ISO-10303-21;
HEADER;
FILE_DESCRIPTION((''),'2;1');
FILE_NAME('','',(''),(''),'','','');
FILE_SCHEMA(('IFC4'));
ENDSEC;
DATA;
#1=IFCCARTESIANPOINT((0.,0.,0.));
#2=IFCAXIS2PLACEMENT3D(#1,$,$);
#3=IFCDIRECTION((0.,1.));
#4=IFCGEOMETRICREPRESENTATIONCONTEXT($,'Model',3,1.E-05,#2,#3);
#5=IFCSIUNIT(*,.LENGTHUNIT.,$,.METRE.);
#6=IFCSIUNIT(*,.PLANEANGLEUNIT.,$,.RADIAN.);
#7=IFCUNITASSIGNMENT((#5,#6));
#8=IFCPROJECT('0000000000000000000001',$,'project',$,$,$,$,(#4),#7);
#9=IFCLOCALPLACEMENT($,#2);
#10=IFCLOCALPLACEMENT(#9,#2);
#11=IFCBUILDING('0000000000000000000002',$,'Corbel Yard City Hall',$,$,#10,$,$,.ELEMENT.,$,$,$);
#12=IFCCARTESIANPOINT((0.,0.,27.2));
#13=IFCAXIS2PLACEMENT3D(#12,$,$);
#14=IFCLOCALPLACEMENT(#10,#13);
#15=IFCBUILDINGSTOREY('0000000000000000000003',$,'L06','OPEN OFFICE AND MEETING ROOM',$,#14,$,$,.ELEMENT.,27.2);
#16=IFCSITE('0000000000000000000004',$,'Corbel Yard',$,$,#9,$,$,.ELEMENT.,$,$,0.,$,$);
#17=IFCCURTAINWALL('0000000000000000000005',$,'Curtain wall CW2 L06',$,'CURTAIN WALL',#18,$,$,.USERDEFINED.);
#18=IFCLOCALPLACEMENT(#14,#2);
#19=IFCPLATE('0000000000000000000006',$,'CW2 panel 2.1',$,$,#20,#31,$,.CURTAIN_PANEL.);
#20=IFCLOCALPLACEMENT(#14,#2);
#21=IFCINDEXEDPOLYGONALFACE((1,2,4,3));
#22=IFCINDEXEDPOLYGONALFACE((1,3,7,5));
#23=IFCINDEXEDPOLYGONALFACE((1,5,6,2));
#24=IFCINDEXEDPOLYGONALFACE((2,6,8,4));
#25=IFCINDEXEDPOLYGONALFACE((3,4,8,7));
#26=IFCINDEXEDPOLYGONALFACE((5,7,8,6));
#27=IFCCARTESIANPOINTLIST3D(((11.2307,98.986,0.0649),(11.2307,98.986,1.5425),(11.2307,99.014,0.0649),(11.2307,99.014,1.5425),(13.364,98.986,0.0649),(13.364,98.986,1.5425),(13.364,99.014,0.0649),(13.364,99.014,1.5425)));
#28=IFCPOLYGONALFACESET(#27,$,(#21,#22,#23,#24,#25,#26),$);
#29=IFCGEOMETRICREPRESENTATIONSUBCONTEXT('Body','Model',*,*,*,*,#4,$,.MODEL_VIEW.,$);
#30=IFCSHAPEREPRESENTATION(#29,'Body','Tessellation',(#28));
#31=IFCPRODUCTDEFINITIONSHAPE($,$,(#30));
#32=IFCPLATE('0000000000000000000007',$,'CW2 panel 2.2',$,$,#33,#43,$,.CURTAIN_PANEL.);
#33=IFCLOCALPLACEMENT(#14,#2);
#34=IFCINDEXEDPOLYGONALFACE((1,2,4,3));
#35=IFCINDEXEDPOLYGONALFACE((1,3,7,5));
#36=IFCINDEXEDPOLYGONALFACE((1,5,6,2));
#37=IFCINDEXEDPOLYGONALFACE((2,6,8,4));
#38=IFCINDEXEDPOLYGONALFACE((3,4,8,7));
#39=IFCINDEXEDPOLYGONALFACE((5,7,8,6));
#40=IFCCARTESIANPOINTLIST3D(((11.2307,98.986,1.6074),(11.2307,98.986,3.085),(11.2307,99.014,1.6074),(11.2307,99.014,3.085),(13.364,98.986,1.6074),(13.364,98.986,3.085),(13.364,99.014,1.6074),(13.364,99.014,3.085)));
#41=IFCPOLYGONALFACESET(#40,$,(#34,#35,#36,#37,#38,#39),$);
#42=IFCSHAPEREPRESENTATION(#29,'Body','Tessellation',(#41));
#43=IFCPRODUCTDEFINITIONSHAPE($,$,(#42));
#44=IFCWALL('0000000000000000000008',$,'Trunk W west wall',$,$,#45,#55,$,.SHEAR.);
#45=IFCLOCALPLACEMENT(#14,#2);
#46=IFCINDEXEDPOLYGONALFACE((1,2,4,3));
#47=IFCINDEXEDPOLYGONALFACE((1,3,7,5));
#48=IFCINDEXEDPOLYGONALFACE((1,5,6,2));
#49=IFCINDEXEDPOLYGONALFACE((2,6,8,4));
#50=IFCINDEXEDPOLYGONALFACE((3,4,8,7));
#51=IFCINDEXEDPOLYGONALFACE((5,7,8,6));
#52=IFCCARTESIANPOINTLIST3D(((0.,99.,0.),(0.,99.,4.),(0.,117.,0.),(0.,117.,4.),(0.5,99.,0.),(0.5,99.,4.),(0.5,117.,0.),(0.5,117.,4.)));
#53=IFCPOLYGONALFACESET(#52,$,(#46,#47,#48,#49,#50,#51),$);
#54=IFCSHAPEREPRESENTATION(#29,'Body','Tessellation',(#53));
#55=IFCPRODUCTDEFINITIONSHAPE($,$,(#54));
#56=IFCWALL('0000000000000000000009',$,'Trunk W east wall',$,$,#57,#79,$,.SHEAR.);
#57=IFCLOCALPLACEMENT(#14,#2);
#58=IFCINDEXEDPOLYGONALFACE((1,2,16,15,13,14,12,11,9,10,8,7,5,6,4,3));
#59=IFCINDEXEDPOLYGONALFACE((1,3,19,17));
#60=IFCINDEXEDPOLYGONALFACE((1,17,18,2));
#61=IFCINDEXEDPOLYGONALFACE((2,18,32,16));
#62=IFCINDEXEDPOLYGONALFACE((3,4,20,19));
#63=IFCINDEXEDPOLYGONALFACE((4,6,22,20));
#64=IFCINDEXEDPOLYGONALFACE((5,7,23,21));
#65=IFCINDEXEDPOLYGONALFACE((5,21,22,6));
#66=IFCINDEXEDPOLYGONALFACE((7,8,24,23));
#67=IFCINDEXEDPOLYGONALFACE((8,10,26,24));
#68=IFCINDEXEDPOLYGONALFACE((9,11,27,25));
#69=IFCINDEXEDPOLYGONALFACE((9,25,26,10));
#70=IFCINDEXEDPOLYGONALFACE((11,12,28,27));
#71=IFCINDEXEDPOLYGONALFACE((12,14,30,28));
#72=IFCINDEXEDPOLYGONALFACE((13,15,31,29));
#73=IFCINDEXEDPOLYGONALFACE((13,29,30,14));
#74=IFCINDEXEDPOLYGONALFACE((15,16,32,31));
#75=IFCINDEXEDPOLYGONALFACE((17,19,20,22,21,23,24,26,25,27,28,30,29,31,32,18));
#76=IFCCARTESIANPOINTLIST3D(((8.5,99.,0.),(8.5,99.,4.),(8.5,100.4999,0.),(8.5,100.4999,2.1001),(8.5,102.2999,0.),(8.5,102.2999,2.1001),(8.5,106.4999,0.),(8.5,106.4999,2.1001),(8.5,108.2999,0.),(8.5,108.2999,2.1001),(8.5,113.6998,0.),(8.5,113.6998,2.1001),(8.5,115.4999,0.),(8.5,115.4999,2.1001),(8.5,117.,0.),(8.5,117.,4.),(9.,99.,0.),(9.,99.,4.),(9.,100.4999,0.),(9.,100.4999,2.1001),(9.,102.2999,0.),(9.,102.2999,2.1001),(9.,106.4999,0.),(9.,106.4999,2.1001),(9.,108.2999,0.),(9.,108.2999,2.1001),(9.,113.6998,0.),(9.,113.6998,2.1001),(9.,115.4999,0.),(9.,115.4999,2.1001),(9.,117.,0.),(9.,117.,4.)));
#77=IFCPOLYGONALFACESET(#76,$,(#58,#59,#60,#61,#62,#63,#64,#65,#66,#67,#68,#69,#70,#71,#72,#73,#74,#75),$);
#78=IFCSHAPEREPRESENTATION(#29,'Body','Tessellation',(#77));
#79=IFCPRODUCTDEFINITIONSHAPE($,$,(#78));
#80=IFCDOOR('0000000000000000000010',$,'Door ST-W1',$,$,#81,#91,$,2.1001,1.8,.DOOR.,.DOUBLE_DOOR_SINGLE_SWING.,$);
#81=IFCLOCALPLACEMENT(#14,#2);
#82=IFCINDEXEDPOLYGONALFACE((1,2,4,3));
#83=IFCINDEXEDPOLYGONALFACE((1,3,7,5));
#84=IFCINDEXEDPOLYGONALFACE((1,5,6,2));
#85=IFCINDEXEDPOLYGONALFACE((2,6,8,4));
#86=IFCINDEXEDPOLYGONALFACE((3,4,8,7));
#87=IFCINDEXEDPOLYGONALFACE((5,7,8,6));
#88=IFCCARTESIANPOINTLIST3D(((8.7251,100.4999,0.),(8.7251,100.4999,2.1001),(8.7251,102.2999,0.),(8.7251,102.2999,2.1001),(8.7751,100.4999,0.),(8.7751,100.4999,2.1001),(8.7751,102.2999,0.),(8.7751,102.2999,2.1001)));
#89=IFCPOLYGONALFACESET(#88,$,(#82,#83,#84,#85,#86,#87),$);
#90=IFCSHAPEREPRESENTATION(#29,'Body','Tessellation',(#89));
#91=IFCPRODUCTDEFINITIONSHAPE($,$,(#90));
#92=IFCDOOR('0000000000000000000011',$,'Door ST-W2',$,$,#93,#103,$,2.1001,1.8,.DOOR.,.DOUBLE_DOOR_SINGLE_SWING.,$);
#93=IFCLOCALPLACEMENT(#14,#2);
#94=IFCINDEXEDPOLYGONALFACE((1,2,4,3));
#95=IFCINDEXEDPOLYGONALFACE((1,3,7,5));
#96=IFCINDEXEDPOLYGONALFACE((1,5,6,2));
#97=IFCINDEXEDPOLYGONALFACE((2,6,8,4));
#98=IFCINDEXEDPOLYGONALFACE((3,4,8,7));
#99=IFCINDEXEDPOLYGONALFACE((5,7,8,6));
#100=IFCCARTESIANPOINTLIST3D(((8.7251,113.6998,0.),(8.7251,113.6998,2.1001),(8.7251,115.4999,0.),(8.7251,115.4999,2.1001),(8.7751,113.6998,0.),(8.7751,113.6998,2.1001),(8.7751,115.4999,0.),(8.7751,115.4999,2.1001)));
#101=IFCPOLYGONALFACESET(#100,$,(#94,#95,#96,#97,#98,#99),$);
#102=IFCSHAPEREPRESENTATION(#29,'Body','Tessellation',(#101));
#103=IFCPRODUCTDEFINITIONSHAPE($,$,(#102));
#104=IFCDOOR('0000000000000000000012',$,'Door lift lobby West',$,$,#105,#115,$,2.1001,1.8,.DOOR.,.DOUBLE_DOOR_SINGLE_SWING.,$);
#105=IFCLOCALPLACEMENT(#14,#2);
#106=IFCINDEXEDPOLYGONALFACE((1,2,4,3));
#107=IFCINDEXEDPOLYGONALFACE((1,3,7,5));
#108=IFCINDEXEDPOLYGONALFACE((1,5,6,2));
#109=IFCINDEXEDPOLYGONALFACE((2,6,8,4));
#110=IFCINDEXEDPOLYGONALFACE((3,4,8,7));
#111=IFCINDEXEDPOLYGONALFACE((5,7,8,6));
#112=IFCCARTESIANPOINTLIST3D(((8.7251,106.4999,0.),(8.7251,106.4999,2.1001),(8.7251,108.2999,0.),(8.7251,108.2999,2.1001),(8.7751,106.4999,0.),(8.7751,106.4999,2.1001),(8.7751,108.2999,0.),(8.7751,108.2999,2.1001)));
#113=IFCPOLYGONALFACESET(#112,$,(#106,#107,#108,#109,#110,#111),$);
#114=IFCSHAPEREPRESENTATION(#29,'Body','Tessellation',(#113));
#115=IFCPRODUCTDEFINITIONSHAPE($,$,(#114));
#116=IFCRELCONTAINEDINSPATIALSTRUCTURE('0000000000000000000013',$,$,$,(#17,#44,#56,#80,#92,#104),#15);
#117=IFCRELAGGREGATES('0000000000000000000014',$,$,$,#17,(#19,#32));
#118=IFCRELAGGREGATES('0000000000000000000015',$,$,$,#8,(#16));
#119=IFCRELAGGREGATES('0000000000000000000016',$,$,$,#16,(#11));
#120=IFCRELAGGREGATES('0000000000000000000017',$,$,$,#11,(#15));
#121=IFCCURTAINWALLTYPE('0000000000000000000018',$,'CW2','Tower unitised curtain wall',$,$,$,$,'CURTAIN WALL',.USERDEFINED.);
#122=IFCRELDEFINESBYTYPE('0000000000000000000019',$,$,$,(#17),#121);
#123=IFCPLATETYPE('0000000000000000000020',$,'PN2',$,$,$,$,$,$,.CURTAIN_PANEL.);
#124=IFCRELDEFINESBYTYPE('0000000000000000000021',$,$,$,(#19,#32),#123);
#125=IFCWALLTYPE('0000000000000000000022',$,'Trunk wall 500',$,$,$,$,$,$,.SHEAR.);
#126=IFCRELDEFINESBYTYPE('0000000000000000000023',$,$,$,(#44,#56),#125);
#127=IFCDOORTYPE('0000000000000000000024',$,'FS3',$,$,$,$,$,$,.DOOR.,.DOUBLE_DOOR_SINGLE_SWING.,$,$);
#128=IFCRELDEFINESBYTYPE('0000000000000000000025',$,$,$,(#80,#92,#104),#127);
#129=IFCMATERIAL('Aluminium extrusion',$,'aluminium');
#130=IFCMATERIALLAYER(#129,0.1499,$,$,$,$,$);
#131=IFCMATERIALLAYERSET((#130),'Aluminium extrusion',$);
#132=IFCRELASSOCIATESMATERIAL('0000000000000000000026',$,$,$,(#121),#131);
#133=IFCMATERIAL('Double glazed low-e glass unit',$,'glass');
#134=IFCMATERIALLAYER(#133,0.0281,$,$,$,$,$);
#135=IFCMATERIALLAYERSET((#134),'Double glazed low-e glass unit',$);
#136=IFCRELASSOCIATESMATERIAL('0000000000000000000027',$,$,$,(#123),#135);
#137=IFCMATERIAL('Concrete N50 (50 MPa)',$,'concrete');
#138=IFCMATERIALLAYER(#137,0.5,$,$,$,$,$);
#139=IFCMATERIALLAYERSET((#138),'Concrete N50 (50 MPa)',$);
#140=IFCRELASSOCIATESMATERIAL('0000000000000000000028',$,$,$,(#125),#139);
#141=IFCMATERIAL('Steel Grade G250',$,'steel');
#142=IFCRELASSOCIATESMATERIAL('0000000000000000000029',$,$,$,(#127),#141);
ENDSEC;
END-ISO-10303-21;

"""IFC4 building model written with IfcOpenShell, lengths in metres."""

from ifc_helpers import new_model, si_unit, direction, frame, frame_2d, origin, origin_2d, place, context, subcontext, project, spatial, rectangle, extrude, material, layer, layer_set, type_object, element, fill, aggregate, save


model = new_model("IFC4")

# Units and contexts
model_context = context("Model", 3, precision=1e-05, world=origin(), true_north=direction((0.0, 1.0)))
body_context = subcontext(model_context, "Body", "Model", "MODEL_VIEW")
ifc_project = project(units=[si_unit("LENGTHUNIT", "METRE"), si_unit("PLANEANGLEUNIT", "RADIAN")], contexts=[model_context])

# Site, building, storey
site_placement = place(None, origin())
site = spatial("IfcSite", under=ifc_project, at=site_placement, Name="Corbel Yard", CompositionType="ELEMENT", RefElevation=0.0)
building_placement = place(site_placement, origin())
building = spatial("IfcBuilding", under=site, at=building_placement, Name="Corbel Yard City Hall", CompositionType="ELEMENT")
storey_placement = place(building_placement, frame((0.0, 0.0, 27.2)))
storey = spatial("IfcBuildingStorey", under=building, at=storey_placement, Name="L06", Description="OPEN OFFICE AND MEETING ROOM", CompositionType="ELEMENT", Elevation=27.2)

# Curtain wall, plates
ifc_material_1 = material(Name="Aluminium extrusion", Category="aluminium")
ifc_layer_1 = layer(ifc_material_1, 0.1499)
ifc_layer_set_1 = layer_set([ifc_layer_1], Name="Aluminium extrusion")
curtain_wall_type = type_object("IfcCurtainWallType", Name="CW2", Description="Tower unitised curtain wall", ElementType="CURTAIN WALL", PredefinedType="USERDEFINED", material=ifc_layer_set_1)
curtain_wall_placement = place(storey_placement, origin())
curtain_wall = element("IfcCurtainWall", 1, at=curtain_wall_placement, inside=storey, type_object=curtain_wall_type, Name="Curtain wall CW2 L06", ObjectType="CURTAIN WALL", PredefinedType="USERDEFINED")
ifc_material_2 = material(Name="Double glazed low-e glass unit", Category="glass")
ifc_layer_2 = layer(ifc_material_2, 0.0281)
ifc_layer_set_2 = layer_set([ifc_layer_2], Name="Double glazed low-e glass unit")
plate_type = type_object("IfcPlateType", Name="PN2", PredefinedType="CURTAIN_PANEL", material=ifc_layer_set_2)
plate_1_placement = place(storey_placement, frame((12.2974, 99.0, 0.0649), z_axis=(0.0, 0.0, 1.0), x_axis=(1.0, 0.0, 0.0)))
plate_1 = element("IfcPlate", 2, at=plate_1_placement, type_object=plate_type, Name="CW2 panel 2.1", PredefinedType="CURTAIN_PANEL", context=body_context, shape_type="SweptSolid", body=[
    extrude(rectangle(XDim=2.1333, YDim=0.0281, at=origin_2d()), origin(), (0.0, 0.0, 1.0), 1.4775),
])
plate_2_placement = place(storey_placement, frame((12.2974, 99.0, 1.6074), z_axis=(0.0, 0.0, 1.0), x_axis=(1.0, 0.0, 0.0)))
plate_2 = element("IfcPlate", 3, at=plate_2_placement, type_object=plate_type, Name="CW2 panel 2.2", PredefinedType="CURTAIN_PANEL", context=body_context, shape_type="SweptSolid", body=[
    extrude(rectangle(XDim=2.1333, YDim=0.0281, at=origin_2d()), origin(), (0.0, 0.0, 1.0), 1.4775),
])
aggregate(curtain_wall, [plate_1, plate_2])

# Wall
ifc_material_3 = material(Name="Concrete N50 (50 MPa)", Category="concrete")
ifc_layer_3 = layer(ifc_material_3, 0.5)
ifc_layer_set_3 = layer_set([ifc_layer_3], Name="Concrete N50 (50 MPa)")
wall_type = type_object("IfcWallType", Name="Trunk wall 500", PredefinedType="SHEAR", material=ifc_layer_set_3)
wall_1_placement = place(storey_placement, frame((0.25, 99.0, 0.0), z_axis=(0.0, 0.0, 1.0), x_axis=(0.0, 1.0, 0.0)))
element("IfcWall", 4, at=wall_1_placement, inside=storey, type_object=wall_type, Name="Trunk W west wall", PredefinedType="SHEAR", context=body_context, shape_type="SweptSolid", body=[
    extrude(rectangle(XDim=18.0, YDim=0.5, at=frame_2d((9.0, 0.0))), origin(), (0.0, 0.0, 1.0), 4.0),
])

# Wall, openings, doors
wall_2_placement = place(storey_placement, frame((8.75, 99.0, 0.0), z_axis=(0.0, 0.0, 1.0), x_axis=(0.0, 1.0, 0.0)))
wall_2 = element("IfcWall", 5, at=wall_2_placement, inside=storey, type_object=wall_type, Name="Trunk W east wall", PredefinedType="SHEAR", context=body_context, shape_type="SweptSolid", body=[
    extrude(rectangle(XDim=18.0, YDim=0.5, at=frame_2d((9.0, 0.0))), origin(), (0.0, 0.0, 1.0), 4.0),
])
opening_1_placement = place(wall_2_placement, frame((1.5, 0.0, 0.0)))
opening_1 = element("IfcOpeningElement", 6, at=opening_1_placement, cuts=wall_2, PredefinedType="OPENING", context=body_context, shape_type="SweptSolid", body=[
    extrude(rectangle(XDim=1.8, YDim=2.1001, at=frame_2d((0.8999, 1.05))), frame((0.0, 0.26, 0.0), z_axis=(0.0, -1.0, 0.0), x_axis=(1.0, 0.0, 0.0)), (0.0, 0.0, 1.0), 0.52),
])
opening_2_placement = place(wall_2_placement, frame((14.7, 0.0, 0.0)))
opening_2 = element("IfcOpeningElement", 7, at=opening_2_placement, cuts=wall_2, PredefinedType="OPENING", context=body_context, shape_type="SweptSolid", body=[
    extrude(rectangle(XDim=1.8, YDim=2.1001, at=frame_2d((0.8999, 1.05))), frame((0.0, 0.26, 0.0), z_axis=(0.0, -1.0, 0.0), x_axis=(1.0, 0.0, 0.0)), (0.0, 0.0, 1.0), 0.52),
])
opening_3_placement = place(wall_2_placement, frame((7.5, 0.0, 0.0)))
opening_3 = element("IfcOpeningElement", 8, at=opening_3_placement, cuts=wall_2, PredefinedType="OPENING", context=body_context, shape_type="SweptSolid", body=[
    extrude(rectangle(XDim=1.8, YDim=2.1001, at=frame_2d((0.8999, 1.05))), frame((0.0, 0.26, 0.0), z_axis=(0.0, -1.0, 0.0), x_axis=(1.0, 0.0, 0.0)), (0.0, 0.0, 1.0), 0.52),
])
ifc_material_4 = material(Name="Steel Grade G250", Category="steel")
door_type = type_object("IfcDoorType", Name="FS3", OperationType="DOUBLE_DOOR_SINGLE_SWING", PredefinedType="DOOR", material=ifc_material_4)
door_1_placement = place(opening_1_placement, origin())
door_1 = element("IfcDoor", 9, at=door_1_placement, inside=storey, type_object=door_type, Name="Door ST-W1", OperationType="DOUBLE_DOOR_SINGLE_SWING", OverallHeight=2.1001, OverallWidth=1.8, PredefinedType="DOOR", context=body_context, shape_type="SweptSolid", body=[
    extrude(rectangle(XDim=1.8, YDim=2.1001, at=frame_2d((0.8999, 1.05))), frame((0.0, 0.0249, 0.0), z_axis=(0.0, -1.0, 0.0), x_axis=(1.0, 0.0, 0.0)), (0.0, 0.0, 1.0), 0.05),
])
fill(opening_1, door_1)
door_2_placement = place(opening_2_placement, origin())
door_2 = element("IfcDoor", 10, at=door_2_placement, inside=storey, type_object=door_type, Name="Door ST-W2", OperationType="DOUBLE_DOOR_SINGLE_SWING", OverallHeight=2.1001, OverallWidth=1.8, PredefinedType="DOOR", context=body_context, shape_type="SweptSolid", body=[
    extrude(rectangle(XDim=1.8, YDim=2.1001, at=frame_2d((0.8999, 1.05))), frame((0.0, 0.0249, 0.0), z_axis=(0.0, -1.0, 0.0), x_axis=(1.0, 0.0, 0.0)), (0.0, 0.0, 1.0), 0.05),
])
fill(opening_2, door_2)
door_3_placement = place(opening_3_placement, origin())
door_3 = element("IfcDoor", 11, at=door_3_placement, inside=storey, type_object=door_type, Name="Door lift lobby West", OperationType="DOUBLE_DOOR_SINGLE_SWING", OverallHeight=2.1001, OverallWidth=1.8, PredefinedType="DOOR", context=body_context, shape_type="SweptSolid", body=[
    extrude(rectangle(XDim=1.8, YDim=2.1001, at=frame_2d((0.8999, 1.05))), frame((0.0, 0.0249, 0.0), z_axis=(0.0, -1.0, 0.0), x_axis=(1.0, 0.0, 0.0)), (0.0, 0.0, 1.0), 0.05),
])
fill(opening_3, door_3)

save(model, "model.ifc")
